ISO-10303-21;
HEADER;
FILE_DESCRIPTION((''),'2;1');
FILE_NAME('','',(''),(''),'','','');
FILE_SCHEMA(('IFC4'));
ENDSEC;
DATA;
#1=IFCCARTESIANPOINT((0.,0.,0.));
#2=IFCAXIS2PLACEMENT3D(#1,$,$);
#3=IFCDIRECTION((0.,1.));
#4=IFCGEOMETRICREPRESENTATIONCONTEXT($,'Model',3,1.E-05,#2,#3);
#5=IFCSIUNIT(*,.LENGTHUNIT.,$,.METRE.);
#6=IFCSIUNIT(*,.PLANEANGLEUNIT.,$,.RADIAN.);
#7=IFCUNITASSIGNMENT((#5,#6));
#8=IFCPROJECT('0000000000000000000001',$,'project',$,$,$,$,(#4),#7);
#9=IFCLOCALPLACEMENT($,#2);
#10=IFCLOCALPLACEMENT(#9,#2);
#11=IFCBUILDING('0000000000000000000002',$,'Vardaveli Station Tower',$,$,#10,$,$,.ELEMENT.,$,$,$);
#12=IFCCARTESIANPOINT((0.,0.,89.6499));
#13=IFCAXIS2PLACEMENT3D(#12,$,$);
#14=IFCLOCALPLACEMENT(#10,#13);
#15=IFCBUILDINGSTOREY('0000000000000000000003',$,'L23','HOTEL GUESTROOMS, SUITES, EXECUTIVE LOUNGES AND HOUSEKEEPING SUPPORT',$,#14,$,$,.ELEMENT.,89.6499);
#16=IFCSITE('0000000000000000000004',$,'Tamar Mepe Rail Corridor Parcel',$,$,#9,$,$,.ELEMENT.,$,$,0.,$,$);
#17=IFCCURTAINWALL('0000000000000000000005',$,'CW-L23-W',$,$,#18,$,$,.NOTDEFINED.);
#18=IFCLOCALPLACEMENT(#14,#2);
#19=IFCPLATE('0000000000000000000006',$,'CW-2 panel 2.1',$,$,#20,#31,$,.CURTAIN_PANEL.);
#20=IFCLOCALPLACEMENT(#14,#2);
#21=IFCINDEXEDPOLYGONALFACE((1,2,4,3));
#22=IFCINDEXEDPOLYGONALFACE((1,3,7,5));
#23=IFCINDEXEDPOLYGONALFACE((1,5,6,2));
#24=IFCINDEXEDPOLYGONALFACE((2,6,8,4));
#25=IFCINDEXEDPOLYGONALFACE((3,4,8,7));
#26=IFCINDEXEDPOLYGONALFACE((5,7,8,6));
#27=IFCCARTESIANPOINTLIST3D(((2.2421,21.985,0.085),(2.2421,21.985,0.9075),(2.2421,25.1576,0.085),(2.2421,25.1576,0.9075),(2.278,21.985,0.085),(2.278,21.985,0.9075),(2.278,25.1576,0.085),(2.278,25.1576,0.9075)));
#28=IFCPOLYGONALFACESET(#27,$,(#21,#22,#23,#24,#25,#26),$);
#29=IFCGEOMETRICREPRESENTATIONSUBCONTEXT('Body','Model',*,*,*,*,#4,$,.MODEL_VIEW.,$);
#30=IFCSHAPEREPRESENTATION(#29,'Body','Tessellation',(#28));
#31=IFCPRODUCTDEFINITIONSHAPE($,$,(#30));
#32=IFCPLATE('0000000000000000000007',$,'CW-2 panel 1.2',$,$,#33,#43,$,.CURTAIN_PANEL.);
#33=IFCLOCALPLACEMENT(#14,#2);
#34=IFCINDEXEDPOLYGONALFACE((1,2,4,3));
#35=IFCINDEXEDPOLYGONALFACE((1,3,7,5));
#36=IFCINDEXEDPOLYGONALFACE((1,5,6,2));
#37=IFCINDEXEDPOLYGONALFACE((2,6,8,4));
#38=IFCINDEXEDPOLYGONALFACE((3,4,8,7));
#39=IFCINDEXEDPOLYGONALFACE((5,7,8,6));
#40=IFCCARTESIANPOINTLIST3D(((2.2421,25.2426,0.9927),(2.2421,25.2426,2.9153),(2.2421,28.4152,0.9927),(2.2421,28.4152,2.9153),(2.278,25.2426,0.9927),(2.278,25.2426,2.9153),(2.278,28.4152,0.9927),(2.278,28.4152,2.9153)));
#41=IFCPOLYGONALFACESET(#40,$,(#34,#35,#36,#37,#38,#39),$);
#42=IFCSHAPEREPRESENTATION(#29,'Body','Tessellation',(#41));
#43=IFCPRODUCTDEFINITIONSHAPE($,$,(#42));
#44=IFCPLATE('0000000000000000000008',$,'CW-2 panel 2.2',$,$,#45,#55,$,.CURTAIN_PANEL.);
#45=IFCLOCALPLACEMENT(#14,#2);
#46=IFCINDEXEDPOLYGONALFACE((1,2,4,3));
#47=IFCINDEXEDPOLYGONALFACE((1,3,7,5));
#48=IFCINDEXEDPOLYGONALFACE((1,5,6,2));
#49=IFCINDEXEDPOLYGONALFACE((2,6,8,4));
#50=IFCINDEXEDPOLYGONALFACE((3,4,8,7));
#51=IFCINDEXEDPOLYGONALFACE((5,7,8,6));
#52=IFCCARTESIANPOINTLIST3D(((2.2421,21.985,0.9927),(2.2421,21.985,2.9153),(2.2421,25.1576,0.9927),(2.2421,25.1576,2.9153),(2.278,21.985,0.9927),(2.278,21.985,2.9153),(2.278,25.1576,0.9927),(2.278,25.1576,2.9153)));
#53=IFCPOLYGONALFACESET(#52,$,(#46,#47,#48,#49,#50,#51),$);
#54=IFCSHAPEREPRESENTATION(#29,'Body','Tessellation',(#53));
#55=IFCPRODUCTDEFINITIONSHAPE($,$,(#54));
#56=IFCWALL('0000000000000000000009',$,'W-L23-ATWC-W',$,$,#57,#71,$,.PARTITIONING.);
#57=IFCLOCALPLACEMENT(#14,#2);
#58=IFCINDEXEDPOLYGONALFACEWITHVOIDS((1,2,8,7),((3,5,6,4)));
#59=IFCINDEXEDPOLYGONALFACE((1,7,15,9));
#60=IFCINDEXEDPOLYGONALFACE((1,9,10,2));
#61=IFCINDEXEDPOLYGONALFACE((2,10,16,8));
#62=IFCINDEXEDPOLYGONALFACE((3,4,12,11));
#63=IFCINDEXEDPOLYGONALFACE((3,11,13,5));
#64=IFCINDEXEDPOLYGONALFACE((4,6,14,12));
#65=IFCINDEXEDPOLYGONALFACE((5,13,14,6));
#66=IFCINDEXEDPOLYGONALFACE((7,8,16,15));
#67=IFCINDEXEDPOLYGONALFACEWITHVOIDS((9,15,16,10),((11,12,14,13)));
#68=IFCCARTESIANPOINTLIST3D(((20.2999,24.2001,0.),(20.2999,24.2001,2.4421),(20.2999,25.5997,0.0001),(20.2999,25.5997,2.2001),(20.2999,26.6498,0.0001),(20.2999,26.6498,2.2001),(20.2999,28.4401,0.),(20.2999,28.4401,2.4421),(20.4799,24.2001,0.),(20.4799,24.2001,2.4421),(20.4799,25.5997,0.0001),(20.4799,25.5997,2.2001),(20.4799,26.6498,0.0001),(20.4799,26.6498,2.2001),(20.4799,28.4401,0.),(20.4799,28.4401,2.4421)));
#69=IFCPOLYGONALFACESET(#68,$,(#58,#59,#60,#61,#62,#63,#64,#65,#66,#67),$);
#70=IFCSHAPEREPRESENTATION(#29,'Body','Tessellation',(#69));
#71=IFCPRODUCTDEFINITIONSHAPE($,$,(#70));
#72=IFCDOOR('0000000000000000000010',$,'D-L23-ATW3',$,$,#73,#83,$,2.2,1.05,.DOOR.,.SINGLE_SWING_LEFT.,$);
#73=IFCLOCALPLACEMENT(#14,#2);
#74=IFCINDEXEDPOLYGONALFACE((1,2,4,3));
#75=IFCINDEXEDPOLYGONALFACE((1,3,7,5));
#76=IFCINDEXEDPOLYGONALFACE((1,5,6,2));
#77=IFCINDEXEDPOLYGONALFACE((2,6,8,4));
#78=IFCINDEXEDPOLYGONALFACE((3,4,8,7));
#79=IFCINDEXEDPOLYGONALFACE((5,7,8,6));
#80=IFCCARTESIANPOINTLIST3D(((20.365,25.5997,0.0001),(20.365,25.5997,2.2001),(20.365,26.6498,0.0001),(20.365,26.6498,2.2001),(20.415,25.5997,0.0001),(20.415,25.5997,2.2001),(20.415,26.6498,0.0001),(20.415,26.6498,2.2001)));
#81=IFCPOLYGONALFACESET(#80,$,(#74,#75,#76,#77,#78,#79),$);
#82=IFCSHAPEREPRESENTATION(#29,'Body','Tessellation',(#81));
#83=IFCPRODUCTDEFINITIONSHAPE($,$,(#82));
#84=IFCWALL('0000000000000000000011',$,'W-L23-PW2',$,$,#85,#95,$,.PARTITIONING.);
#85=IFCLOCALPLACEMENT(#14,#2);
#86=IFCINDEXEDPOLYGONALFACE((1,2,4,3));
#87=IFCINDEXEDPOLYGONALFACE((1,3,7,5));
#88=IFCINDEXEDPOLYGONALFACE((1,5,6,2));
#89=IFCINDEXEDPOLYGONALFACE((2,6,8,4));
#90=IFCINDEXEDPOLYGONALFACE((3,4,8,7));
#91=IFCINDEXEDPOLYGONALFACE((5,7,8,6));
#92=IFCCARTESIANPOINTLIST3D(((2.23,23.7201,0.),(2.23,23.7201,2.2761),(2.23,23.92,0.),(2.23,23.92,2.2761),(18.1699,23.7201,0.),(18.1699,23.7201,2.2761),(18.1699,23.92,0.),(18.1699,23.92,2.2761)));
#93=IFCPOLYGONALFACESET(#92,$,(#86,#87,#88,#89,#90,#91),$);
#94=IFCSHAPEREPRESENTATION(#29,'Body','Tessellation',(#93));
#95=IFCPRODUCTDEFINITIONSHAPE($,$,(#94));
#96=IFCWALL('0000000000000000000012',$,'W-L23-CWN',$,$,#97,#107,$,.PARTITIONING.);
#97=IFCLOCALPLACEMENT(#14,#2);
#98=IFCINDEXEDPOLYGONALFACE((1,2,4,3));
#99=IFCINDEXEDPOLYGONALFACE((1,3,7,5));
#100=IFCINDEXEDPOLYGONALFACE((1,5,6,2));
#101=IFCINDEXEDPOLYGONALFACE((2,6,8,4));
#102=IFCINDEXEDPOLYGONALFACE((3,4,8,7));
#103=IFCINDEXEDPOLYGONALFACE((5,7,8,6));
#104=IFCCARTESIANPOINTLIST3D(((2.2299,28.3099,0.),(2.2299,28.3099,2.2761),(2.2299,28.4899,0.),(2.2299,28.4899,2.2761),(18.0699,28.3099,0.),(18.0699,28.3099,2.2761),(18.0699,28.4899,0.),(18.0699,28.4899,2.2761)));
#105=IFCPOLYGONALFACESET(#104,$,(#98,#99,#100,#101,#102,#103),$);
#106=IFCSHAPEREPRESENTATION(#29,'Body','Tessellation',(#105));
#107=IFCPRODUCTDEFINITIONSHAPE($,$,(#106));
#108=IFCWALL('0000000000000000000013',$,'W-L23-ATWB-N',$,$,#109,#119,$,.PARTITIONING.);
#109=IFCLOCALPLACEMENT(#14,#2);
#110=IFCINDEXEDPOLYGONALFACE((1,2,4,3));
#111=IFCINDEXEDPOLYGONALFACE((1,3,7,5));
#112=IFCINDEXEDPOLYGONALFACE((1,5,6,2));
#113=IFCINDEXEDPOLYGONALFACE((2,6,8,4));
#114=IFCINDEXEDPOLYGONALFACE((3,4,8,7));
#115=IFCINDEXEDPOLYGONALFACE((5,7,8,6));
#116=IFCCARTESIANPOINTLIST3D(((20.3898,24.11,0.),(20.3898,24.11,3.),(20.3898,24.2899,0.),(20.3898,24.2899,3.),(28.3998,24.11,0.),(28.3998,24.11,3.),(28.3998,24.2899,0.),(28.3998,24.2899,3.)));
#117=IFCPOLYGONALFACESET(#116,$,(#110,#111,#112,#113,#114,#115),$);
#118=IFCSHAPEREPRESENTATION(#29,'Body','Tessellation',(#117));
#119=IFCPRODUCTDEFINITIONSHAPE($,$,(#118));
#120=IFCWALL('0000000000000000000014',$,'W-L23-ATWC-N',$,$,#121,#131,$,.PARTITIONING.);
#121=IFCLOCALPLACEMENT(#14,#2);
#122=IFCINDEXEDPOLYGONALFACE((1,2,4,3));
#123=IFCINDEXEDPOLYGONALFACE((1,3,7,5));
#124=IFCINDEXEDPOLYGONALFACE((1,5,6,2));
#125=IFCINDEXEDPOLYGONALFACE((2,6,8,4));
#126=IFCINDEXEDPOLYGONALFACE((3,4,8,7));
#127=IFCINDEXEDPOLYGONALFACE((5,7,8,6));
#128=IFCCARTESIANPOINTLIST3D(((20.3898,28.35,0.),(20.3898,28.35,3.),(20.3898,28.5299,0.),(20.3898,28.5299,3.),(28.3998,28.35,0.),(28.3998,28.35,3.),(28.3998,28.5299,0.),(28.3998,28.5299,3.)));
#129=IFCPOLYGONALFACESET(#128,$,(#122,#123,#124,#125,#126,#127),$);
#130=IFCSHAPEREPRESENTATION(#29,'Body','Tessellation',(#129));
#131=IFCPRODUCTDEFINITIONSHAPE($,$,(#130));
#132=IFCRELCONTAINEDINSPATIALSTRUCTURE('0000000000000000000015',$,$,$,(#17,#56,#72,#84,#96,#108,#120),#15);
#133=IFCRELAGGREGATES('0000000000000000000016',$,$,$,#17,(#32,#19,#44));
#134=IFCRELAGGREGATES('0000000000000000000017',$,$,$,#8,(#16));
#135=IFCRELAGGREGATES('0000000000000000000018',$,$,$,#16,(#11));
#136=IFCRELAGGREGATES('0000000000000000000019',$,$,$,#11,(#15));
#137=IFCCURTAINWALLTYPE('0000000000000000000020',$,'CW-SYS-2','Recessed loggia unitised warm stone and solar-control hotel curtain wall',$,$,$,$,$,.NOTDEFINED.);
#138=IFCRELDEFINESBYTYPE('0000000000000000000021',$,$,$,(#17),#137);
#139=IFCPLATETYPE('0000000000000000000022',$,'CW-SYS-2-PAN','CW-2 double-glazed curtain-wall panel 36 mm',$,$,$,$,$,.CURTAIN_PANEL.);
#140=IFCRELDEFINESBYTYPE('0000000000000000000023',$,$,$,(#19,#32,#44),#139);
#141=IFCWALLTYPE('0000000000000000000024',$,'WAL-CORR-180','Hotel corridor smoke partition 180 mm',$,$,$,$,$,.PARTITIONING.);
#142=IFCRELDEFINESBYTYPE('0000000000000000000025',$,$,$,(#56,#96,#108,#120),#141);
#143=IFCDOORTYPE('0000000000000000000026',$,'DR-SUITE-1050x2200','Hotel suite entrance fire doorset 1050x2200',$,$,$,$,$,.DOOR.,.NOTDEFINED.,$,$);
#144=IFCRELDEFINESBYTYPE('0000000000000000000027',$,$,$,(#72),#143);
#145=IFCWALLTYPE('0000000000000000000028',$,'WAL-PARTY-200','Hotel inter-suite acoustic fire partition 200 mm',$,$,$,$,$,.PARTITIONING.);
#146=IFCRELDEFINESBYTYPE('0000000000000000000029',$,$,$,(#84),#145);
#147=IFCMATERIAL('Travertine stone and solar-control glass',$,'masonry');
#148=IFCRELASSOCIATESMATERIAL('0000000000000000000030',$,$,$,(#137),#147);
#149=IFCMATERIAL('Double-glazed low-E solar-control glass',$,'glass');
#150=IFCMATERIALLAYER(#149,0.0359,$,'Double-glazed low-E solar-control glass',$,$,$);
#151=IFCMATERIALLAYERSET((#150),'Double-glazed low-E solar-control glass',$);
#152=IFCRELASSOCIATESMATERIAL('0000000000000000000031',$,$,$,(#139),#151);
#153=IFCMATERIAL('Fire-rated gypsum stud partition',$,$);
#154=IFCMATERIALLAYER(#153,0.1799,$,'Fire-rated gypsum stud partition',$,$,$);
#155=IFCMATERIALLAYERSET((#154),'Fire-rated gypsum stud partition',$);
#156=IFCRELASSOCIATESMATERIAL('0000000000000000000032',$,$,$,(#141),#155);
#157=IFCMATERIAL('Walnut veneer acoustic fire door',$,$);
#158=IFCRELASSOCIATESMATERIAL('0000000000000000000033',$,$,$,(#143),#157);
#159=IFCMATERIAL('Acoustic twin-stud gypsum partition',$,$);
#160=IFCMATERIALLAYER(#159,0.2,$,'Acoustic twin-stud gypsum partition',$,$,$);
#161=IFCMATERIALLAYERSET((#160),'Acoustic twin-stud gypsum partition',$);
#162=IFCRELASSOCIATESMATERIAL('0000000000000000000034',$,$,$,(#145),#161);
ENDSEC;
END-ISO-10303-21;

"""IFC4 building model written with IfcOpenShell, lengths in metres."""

from ifc_helpers import new_model, si_unit, direction, frame, frame_2d, origin, origin_2d, place, context, subcontext, project, spatial, rectangle, extrude, source, transform, mapped, material, layer, layer_set, type_object, element, fill, aggregate, save


model = new_model("IFC4")

# Units and contexts
model_context = context("Model", 3, precision=1e-05, world=origin(), true_north=direction((0.0, 1.0)))
body_context = subcontext(model_context, "Body", "Model", "MODEL_VIEW")
ifc_project = project(units=[si_unit("LENGTHUNIT", "METRE"), si_unit("PLANEANGLEUNIT", "RADIAN")], contexts=[model_context])

# Site, building, storey
site_placement = place(None, origin())
site = spatial("IfcSite", under=ifc_project, at=site_placement, Name="Tamar Mepe Rail Corridor Parcel", CompositionType="ELEMENT", RefElevation=0.0)
building_placement = place(site_placement, origin())
building = spatial("IfcBuilding", under=site, at=building_placement, Name="Vardaveli Station Tower", CompositionType="ELEMENT")
storey_placement = place(building_placement, frame((0.0, 0.0, 89.6499)))
storey = spatial("IfcBuildingStorey", under=building, at=storey_placement, Name="L23", Description="HOTEL GUESTROOMS, SUITES, EXECUTIVE LOUNGES AND HOUSEKEEPING SUPPORT", CompositionType="ELEMENT", Elevation=89.6499)

# Curtain wall, plates
ifc_material_1 = material(Name="Travertine stone and solar-control glass", Category="masonry")
curtain_wall_type = type_object("IfcCurtainWallType", Name="CW-SYS-2", Description="Recessed loggia unitised warm stone and solar-control hotel curtain wall", PredefinedType="NOTDEFINED", material=ifc_material_1)
curtain_wall_placement = place(storey_placement, origin())
curtain_wall = element("IfcCurtainWall", 1, at=curtain_wall_placement, inside=storey, type_object=curtain_wall_type, Name="CW-L23-W", PredefinedType="NOTDEFINED")
ifc_material_2 = material(Name="Double-glazed low-E solar-control glass", Category="glass")
ifc_layer_1 = layer(ifc_material_2, 0.0359, Name="Double-glazed low-E solar-control glass")
ifc_layer_set_1 = layer_set([ifc_layer_1], Name="Double-glazed low-E solar-control glass")
plate_type = type_object("IfcPlateType", Name="CW-SYS-2-PAN", Description="CW-2 double-glazed curtain-wall panel 36 mm", PredefinedType="CURTAIN_PANEL", material=ifc_layer_set_1)
shared_shape_1 = source(origin(), body_context, "Body", "SweptSolid", [
    extrude(rectangle(XDim=3.1726, YDim=0.0359, at=origin_2d()), origin(), (0.0, 0.0, 1.0), 0.8225),
])
plate_1_placement = place(storey_placement, frame((2.26, 23.5713, 0.085), z_axis=(0.0, 0.0, 1.0), x_axis=(0.0, -1.0, 0.0)))
plate_1 = element("IfcPlate", 2, at=plate_1_placement, type_object=plate_type, Name="CW-2 panel 2.1", PredefinedType="CURTAIN_PANEL", context=body_context, shape_type="MappedRepresentation", body=[
    mapped(shared_shape_1, transform((0.0, 0.0, 0.0), scale=1.0)),
])
shared_shape_2 = source(origin(), body_context, "Body", "SweptSolid", [
    extrude(rectangle(XDim=3.1726, YDim=0.0359, at=origin_2d()), origin(), (0.0, 0.0, 1.0), 1.9226),
])
plate_2_placement = place(storey_placement, frame((2.26, 26.8289, 0.9927), z_axis=(0.0, 0.0, 1.0), x_axis=(0.0, -1.0, 0.0)))
plate_2 = element("IfcPlate", 3, at=plate_2_placement, type_object=plate_type, Name="CW-2 panel 1.2", PredefinedType="CURTAIN_PANEL", context=body_context, shape_type="MappedRepresentation", body=[
    mapped(shared_shape_2, transform((0.0, 0.0, 0.0), scale=1.0)),
])
plate_3_placement = place(storey_placement, frame((2.26, 23.5713, 0.9927), z_axis=(0.0, 0.0, 1.0), x_axis=(0.0, -1.0, 0.0)))
plate_3 = element("IfcPlate", 4, at=plate_3_placement, type_object=plate_type, Name="CW-2 panel 2.2", PredefinedType="CURTAIN_PANEL", context=body_context, shape_type="MappedRepresentation", body=[
    mapped(shared_shape_2, transform((0.0, 0.0, 0.0), scale=1.0)),
])
aggregate(curtain_wall, [plate_2, plate_1, plate_3])

# Wall, opening, door
ifc_material_3 = material(Name="Fire-rated gypsum stud partition")
ifc_layer_2 = layer(ifc_material_3, 0.1799, Name="Fire-rated gypsum stud partition")
ifc_layer_set_2 = layer_set([ifc_layer_2], Name="Fire-rated gypsum stud partition")
wall_type_1 = type_object("IfcWallType", Name="WAL-CORR-180", Description="Hotel corridor smoke partition 180 mm", PredefinedType="PARTITIONING", material=ifc_layer_set_2)
shared_shape_3 = source(origin(), body_context, "Body", "SweptSolid", [
    extrude(rectangle(XDim=4.24, YDim=0.1799, at=frame_2d((2.1201, 0.0))), origin(), (0.0, 0.0, 1.0), 2.4421),
])
wall_1_placement = place(storey_placement, frame((20.3899, 24.2, 0.0), z_axis=(0.0, 0.0, 1.0), x_axis=(0.0, 1.0, 0.0)))
wall_1 = element("IfcWall", 5, at=wall_1_placement, inside=storey, type_object=wall_type_1, Name="W-L23-ATWC-W", PredefinedType="PARTITIONING", context=body_context, shape_type="MappedRepresentation", body=[
    mapped(shared_shape_3, transform((0.0, 0.0, 0.0), scale=1.0)),
])
shared_shape_4 = source(origin(), body_context, "Body", "SweptSolid", [
    extrude(rectangle(XDim=1.05, YDim=2.2, at=frame_2d((0.5249, 1.1001))), frame((0.0, 0.1001, 0.0), z_axis=(0.0, -1.0, 0.0), x_axis=(1.0, 0.0, 0.0)), (0.0, 0.0, 1.0), 0.2),
])
opening_1_placement = place(wall_1_placement, frame((1.3999, 0.0, 0.0)))
opening_1 = element("IfcOpeningElement", 6, at=opening_1_placement, cuts=wall_1, PredefinedType="OPENING", context=body_context, shape_type="MappedRepresentation", body=[
    mapped(shared_shape_4, transform((0.0, 0.0, 0.0), scale=1.0)),
])
ifc_material_4 = material(Name="Walnut veneer acoustic fire door")
door_type_1 = type_object("IfcDoorType", Name="DR-SUITE-1050x2200", Description="Hotel suite entrance fire doorset 1050x2200", OperationType="NOTDEFINED", PredefinedType="DOOR", material=ifc_material_4)
shared_shape_5 = source(origin(), body_context, "Body", "SweptSolid", [
    extrude(rectangle(XDim=1.05, YDim=2.2, at=frame_2d((0.5249, 1.1001))), frame((0.0, 0.0249, 0.0), z_axis=(0.0, -1.0, 0.0), x_axis=(1.0, 0.0, 0.0)), (0.0, 0.0, 1.0), 0.05),
])
door_1_placement = place(opening_1_placement, origin())
door_1 = element("IfcDoor", 7, at=door_1_placement, inside=storey, type_object=door_type_1, Name="D-L23-ATW3", OperationType="SINGLE_SWING_LEFT", OverallHeight=2.2, OverallWidth=1.05, PredefinedType="DOOR", context=body_context, shape_type="MappedRepresentation", body=[
    mapped(shared_shape_5, transform((0.0, 0.0, 0.0), scale=1.0)),
])
fill(opening_1, door_1)

# Walls
ifc_material_5 = material(Name="Acoustic twin-stud gypsum partition")
ifc_layer_3 = layer(ifc_material_5, 0.2, Name="Acoustic twin-stud gypsum partition")
ifc_layer_set_3 = layer_set([ifc_layer_3], Name="Acoustic twin-stud gypsum partition")
wall_type_2 = type_object("IfcWallType", Name="WAL-PARTY-200", Description="Hotel inter-suite acoustic fire partition 200 mm", PredefinedType="PARTITIONING", material=ifc_layer_set_3)
shared_shape_6 = source(origin(), body_context, "Body", "SweptSolid", [
    extrude(rectangle(XDim=15.9399, YDim=0.2, at=frame_2d((7.97, 0.0))), origin(), (0.0, 0.0, 1.0), 2.2761),
])
wall_2_placement = place(storey_placement, frame((2.23, 23.8201, 0.0), z_axis=(0.0, 0.0, 1.0), x_axis=(1.0, 0.0, 0.0)))
element("IfcWall", 8, at=wall_2_placement, inside=storey, type_object=wall_type_2, Name="W-L23-PW2", PredefinedType="PARTITIONING", context=body_context, shape_type="MappedRepresentation", body=[
    mapped(shared_shape_6, transform((0.0, 0.0, 0.0), scale=1.0)),
])
shared_shape_7 = source(origin(), body_context, "Body", "SweptSolid", [
    extrude(rectangle(XDim=15.8401, YDim=0.1799, at=frame_2d((7.9199, 0.0))), origin(), (0.0, 0.0, 1.0), 2.2761),
])
wall_3_placement = place(storey_placement, frame((2.23, 28.3999, 0.0), z_axis=(0.0, 0.0, 1.0), x_axis=(1.0, 0.0, 0.0)))
element("IfcWall", 9, at=wall_3_placement, inside=storey, type_object=wall_type_1, Name="W-L23-CWN", PredefinedType="PARTITIONING", context=body_context, shape_type="MappedRepresentation", body=[
    mapped(shared_shape_7, transform((0.0, 0.0, 0.0), scale=1.0)),
])
shared_shape_8 = source(origin(), body_context, "Body", "SweptSolid", [
    extrude(rectangle(XDim=8.01, YDim=0.1799, at=frame_2d((4.0049, 0.0))), origin(), (0.0, 0.0, 1.0), 3.0),
])
for number, where, z_axis, x_axis, name in (
    (10, (20.3899, 24.2, 0.0), (0.0, 0.0, 1.0), (1.0, 0.0, 0.0), "W-L23-ATWB-N"),
    (11, (20.3899, 28.4399, 0.0), (0.0, 0.0, 1.0), (1.0, 0.0, 0.0), "W-L23-ATWC-N"),
):
    element("IfcWall", number, at=place(storey_placement, frame(where, z_axis=z_axis, x_axis=x_axis)), inside=storey, type_object=wall_type_1, Name=name, PredefinedType="PARTITIONING", context=body_context, shape_type="MappedRepresentation", body=[
        mapped(shared_shape_8, transform((0.0, 0.0, 0.0), scale=1.0)),
    ])

save(model, "model.ifc")
